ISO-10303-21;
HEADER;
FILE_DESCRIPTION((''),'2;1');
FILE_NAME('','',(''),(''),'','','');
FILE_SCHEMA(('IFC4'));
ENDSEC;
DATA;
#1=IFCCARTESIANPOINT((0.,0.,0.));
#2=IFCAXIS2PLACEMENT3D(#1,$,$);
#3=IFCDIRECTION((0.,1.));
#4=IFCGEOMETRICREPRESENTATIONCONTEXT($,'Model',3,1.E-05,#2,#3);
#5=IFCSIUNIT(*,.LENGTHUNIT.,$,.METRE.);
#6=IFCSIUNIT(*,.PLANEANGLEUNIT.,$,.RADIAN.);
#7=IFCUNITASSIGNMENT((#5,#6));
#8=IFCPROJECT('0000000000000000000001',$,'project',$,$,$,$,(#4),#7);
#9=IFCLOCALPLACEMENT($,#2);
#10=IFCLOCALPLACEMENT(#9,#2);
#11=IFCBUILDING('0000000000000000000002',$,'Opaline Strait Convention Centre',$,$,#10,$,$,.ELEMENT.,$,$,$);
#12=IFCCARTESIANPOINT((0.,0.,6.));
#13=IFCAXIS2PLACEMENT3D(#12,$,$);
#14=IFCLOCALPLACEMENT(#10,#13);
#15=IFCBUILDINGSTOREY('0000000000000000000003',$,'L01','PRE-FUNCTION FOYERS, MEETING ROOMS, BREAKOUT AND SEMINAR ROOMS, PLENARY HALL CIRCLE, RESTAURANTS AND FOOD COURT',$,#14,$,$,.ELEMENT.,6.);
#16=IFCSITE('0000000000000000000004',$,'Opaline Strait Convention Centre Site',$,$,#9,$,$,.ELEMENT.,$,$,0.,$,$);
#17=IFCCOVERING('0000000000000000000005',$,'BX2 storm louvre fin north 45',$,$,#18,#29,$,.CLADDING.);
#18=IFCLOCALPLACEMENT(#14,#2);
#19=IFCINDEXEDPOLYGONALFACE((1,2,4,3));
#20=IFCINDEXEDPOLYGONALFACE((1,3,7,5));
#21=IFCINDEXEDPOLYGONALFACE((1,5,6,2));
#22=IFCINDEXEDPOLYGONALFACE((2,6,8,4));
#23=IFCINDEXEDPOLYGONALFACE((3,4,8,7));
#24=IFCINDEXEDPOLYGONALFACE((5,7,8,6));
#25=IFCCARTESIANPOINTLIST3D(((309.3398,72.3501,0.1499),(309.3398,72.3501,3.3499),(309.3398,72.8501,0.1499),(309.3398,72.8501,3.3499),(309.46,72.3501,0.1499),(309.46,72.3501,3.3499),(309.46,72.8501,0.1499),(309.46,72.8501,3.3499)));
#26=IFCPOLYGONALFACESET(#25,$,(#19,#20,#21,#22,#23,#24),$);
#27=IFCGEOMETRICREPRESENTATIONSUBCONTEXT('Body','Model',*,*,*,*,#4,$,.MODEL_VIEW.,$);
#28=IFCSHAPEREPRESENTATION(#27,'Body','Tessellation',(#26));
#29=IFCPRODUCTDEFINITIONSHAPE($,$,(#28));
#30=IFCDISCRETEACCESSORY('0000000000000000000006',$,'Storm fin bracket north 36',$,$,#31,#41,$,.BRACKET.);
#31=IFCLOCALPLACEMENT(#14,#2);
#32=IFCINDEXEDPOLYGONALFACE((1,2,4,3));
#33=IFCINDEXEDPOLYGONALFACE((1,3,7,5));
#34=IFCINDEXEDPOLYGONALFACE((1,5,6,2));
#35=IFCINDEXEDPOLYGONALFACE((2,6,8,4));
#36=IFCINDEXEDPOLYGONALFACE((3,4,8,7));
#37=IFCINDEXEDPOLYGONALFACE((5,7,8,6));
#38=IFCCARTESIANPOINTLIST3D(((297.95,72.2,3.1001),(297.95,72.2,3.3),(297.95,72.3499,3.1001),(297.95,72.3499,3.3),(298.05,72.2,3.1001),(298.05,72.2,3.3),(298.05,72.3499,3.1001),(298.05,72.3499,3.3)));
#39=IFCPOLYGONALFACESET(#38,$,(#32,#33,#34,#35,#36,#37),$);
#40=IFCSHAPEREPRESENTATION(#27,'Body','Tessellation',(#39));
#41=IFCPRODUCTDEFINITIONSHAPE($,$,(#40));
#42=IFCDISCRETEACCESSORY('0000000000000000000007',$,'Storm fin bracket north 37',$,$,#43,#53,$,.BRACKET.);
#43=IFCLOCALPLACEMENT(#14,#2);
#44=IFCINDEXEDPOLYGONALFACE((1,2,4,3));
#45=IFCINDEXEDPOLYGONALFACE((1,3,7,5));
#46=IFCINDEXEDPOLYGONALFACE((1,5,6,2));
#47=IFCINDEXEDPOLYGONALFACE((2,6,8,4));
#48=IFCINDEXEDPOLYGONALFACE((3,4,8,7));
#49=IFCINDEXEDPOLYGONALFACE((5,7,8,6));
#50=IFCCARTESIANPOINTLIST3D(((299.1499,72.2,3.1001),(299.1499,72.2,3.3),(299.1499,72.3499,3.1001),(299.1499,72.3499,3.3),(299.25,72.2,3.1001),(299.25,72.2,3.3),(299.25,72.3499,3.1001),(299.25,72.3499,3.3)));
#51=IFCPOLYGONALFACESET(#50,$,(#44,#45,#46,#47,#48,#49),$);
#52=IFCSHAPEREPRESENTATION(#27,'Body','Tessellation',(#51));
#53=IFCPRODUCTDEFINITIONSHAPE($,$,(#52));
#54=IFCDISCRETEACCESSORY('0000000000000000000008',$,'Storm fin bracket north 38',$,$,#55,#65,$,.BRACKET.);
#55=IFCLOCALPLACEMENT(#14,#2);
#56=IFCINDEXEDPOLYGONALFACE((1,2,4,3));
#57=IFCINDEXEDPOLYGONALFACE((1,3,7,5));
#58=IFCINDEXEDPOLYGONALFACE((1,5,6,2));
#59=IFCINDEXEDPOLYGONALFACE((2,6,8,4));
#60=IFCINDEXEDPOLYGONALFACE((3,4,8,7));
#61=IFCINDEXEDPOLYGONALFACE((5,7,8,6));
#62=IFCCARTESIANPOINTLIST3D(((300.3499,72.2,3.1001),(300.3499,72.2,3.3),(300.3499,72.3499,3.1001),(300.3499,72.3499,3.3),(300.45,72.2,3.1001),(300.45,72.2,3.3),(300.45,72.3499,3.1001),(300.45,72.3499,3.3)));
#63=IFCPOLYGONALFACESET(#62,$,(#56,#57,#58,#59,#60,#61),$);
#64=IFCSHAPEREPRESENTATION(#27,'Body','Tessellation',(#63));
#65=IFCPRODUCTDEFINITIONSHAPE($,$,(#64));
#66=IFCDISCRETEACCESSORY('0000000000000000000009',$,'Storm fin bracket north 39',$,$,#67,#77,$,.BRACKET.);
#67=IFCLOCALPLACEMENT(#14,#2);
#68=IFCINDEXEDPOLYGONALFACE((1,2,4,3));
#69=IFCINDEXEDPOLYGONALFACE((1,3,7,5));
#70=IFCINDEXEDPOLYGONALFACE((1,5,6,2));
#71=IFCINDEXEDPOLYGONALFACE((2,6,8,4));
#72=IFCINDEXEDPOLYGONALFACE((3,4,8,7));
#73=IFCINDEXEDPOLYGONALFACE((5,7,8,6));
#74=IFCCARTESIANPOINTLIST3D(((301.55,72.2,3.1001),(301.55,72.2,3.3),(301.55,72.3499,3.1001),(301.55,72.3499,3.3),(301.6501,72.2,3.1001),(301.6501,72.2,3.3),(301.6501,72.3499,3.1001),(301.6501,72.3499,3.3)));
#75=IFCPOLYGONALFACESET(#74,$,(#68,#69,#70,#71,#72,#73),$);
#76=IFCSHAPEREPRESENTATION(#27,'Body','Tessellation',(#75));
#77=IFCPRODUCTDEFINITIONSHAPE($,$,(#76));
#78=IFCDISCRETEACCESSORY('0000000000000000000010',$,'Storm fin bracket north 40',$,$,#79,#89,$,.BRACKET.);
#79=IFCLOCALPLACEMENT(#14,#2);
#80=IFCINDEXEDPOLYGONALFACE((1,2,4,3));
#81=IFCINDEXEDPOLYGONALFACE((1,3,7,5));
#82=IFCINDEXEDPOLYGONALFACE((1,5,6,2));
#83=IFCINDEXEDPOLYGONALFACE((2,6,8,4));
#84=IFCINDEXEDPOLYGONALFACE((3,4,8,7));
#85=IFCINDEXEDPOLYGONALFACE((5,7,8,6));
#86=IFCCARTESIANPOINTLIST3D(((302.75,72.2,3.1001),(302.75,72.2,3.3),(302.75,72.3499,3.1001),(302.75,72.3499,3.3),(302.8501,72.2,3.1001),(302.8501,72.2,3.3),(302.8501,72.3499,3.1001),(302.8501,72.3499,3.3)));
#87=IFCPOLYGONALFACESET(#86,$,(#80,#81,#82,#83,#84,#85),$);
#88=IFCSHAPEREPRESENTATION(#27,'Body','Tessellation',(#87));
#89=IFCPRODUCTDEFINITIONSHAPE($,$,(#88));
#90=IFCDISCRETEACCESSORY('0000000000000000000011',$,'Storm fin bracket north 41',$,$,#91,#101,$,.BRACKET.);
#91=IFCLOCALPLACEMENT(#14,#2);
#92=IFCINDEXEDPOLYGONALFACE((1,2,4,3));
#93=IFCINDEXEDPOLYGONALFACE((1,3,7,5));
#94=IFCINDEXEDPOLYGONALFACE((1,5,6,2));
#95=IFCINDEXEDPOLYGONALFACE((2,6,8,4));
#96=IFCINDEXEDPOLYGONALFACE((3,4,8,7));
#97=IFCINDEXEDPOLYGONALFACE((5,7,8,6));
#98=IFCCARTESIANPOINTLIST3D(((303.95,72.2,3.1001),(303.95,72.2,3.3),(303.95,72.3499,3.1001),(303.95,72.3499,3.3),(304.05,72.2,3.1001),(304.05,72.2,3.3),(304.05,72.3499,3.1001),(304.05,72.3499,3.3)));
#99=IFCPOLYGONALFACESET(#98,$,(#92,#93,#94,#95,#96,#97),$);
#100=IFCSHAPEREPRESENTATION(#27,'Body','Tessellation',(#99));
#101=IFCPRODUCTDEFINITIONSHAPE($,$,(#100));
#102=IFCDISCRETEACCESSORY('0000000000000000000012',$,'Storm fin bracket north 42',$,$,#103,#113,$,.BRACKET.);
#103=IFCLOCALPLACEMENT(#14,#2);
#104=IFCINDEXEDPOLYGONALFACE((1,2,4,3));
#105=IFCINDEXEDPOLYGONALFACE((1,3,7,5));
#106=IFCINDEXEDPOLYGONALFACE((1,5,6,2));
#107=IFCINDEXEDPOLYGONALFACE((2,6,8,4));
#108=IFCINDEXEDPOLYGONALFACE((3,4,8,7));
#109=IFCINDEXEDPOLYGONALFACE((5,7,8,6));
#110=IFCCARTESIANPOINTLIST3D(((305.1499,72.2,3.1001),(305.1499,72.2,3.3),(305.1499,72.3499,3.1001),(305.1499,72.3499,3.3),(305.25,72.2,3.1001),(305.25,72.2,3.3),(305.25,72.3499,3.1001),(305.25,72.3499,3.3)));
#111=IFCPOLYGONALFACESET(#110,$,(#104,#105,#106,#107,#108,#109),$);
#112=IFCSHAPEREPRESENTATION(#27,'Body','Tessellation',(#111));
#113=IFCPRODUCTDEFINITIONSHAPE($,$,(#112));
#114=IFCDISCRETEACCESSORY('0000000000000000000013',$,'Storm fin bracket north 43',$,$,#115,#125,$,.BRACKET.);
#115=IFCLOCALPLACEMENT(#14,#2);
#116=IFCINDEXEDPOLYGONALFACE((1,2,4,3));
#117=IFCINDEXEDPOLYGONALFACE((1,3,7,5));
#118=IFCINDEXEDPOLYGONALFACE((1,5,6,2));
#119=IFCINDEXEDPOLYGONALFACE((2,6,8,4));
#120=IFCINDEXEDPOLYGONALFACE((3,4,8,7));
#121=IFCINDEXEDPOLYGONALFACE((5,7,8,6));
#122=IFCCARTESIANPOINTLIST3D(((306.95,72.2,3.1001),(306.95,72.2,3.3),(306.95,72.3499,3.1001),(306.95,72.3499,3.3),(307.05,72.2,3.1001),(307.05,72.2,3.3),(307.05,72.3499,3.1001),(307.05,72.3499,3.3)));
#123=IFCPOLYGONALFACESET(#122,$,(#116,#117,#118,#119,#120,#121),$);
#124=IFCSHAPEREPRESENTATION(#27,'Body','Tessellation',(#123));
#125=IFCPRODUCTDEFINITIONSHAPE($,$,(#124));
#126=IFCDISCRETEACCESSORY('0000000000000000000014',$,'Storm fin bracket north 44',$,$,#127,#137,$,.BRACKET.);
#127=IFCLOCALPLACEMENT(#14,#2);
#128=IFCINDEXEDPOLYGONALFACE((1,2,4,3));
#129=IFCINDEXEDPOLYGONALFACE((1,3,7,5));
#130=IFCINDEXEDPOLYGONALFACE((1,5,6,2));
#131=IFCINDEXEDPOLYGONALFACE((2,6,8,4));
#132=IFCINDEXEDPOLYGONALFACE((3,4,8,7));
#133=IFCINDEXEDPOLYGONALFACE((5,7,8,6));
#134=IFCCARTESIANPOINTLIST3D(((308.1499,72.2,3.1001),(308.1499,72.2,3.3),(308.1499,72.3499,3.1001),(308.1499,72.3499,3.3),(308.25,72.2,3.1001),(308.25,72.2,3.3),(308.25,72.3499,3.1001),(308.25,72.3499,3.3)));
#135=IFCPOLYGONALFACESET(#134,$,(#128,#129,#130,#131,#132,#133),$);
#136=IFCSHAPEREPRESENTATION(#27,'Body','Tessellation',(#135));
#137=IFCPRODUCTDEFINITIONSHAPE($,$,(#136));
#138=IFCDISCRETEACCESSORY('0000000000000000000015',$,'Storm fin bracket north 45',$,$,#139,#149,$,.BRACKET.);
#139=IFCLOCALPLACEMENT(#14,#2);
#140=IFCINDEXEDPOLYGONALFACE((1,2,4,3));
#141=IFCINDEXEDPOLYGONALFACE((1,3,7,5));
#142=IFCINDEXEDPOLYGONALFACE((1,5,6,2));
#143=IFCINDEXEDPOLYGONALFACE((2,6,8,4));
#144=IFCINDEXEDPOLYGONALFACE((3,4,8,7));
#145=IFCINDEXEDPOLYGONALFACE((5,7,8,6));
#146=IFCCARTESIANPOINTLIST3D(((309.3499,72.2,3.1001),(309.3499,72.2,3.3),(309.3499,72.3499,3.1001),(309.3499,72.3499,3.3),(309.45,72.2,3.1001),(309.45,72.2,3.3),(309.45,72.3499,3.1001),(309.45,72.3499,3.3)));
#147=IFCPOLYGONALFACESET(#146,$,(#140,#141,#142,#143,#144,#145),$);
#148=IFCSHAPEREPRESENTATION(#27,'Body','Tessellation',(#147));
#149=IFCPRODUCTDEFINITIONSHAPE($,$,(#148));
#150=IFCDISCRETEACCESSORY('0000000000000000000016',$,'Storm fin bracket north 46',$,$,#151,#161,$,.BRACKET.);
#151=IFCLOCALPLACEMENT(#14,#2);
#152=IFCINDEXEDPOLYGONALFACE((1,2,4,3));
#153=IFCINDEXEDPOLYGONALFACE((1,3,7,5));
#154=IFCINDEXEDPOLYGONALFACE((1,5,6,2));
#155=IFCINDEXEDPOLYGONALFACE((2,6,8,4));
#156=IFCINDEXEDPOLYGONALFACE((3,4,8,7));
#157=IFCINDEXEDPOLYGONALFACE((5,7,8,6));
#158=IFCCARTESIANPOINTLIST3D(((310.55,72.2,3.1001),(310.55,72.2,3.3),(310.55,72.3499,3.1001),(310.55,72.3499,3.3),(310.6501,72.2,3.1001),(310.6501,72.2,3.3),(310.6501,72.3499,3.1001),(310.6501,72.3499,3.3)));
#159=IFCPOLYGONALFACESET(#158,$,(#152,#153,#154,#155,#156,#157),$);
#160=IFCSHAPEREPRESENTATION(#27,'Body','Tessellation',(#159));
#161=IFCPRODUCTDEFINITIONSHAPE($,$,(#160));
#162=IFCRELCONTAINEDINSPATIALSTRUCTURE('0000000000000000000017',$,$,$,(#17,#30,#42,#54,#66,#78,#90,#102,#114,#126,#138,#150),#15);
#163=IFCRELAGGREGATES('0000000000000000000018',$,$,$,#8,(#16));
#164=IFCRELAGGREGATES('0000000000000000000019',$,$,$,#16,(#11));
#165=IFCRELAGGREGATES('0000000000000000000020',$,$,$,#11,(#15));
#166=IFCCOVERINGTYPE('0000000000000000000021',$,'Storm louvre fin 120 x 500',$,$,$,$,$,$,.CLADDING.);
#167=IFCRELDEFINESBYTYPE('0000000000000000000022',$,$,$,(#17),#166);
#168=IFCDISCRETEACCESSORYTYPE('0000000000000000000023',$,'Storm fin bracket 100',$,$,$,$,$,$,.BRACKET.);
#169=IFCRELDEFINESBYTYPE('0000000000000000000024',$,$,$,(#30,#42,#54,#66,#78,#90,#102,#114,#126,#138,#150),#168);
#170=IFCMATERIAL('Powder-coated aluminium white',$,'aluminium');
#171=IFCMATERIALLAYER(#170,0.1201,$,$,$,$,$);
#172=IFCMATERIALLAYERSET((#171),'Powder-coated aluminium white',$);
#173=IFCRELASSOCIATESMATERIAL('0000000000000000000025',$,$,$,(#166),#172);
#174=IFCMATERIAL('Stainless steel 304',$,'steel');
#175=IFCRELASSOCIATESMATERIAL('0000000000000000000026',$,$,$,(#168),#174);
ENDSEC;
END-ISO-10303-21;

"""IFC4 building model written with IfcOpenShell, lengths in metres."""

from ifc_helpers import new_model, si_unit, direction, frame, origin, origin_2d, place, context, subcontext, project, spatial, rectangle, extrude, material, layer, layer_set, type_object, element, save


model = new_model("IFC4")

# Units and contexts
model_context = context("Model", 3, precision=1e-05, world=origin(), true_north=direction((0.0, 1.0)))
body_context = subcontext(model_context, "Body", "Model", "MODEL_VIEW")
ifc_project = project(units=[si_unit("LENGTHUNIT", "METRE"), si_unit("PLANEANGLEUNIT", "RADIAN")], contexts=[model_context])

# Site, building, storey
site_placement = place(None, origin())
site = spatial("IfcSite", under=ifc_project, at=site_placement, Name="Opaline Strait Convention Centre Site", CompositionType="ELEMENT", RefElevation=0.0)
building_placement = place(site_placement, origin())
building = spatial("IfcBuilding", under=site, at=building_placement, Name="Opaline Strait Convention Centre", CompositionType="ELEMENT")
storey_placement = place(building_placement, frame((0.0, 0.0, 6.0)))
storey = spatial("IfcBuildingStorey", under=building, at=storey_placement, Name="L01", Description="PRE-FUNCTION FOYERS, MEETING ROOMS, BREAKOUT AND SEMINAR ROOMS, PLENARY HALL CIRCLE, RESTAURANTS AND FOOD COURT", CompositionType="ELEMENT", Elevation=6.0)

# Covering
ifc_material_1 = material(Name="Powder-coated aluminium white", Category="aluminium")
ifc_layer_1 = layer(ifc_material_1, 0.1201)
ifc_layer_set_1 = layer_set([ifc_layer_1], Name="Powder-coated aluminium white")
covering_type = type_object("IfcCoveringType", Name="Storm louvre fin 120 x 500", PredefinedType="CLADDING", material=ifc_layer_set_1)
for number, where, z_axis, x_axis, name in (
    (1, (309.3999, 72.6001, 0.1499), (0.0, 0.0, 1.0), (1.0, 0.0, 0.0), "BX2 storm louvre fin north 45"),
):
    element("IfcCovering", number, at=place(storey_placement, frame(where, z_axis=z_axis, x_axis=x_axis)), inside=storey, type_object=covering_type, Name=name, PredefinedType="CLADDING", context=body_context, shape_type="SweptSolid", body=[
        extrude(rectangle(XDim=0.1201, YDim=0.5, at=origin_2d()), origin(), (0.0, 0.0, 1.0), 3.2),
    ])

# Discrete accessories
ifc_material_2 = material(Name="Stainless steel 304", Category="steel")
discrete_accessory_type = type_object("IfcDiscreteAccessoryType", Name="Storm fin bracket 100", PredefinedType="BRACKET", material=ifc_material_2)
for number, where, z_axis, x_axis, name in (
    (2, (298.0, 72.2749, 3.1001), (0.0, 0.0, 1.0), (1.0, 0.0, 0.0), "Storm fin bracket north 36"),
    (3, (299.2, 72.2749, 3.1001), (0.0, 0.0, 1.0), (1.0, 0.0, 0.0), "Storm fin bracket north 37"),
    (4, (300.3999, 72.2749, 3.1001), (0.0, 0.0, 1.0), (1.0, 0.0, 0.0), "Storm fin bracket north 38"),
    (5, (301.6001, 72.2749, 3.1001), (0.0, 0.0, 1.0), (1.0, 0.0, 0.0), "Storm fin bracket north 39"),
    (6, (302.8, 72.2749, 3.1001), (0.0, 0.0, 1.0), (1.0, 0.0, 0.0), "Storm fin bracket north 40"),
    (7, (304.0, 72.2749, 3.1001), (0.0, 0.0, 1.0), (1.0, 0.0, 0.0), "Storm fin bracket north 41"),
    (8, (305.2, 72.2749, 3.1001), (0.0, 0.0, 1.0), (1.0, 0.0, 0.0), "Storm fin bracket north 42"),
    (9, (307.0, 72.2749, 3.1001), (0.0, 0.0, 1.0), (1.0, 0.0, 0.0), "Storm fin bracket north 43"),
    (10, (308.2, 72.2749, 3.1001), (0.0, 0.0, 1.0), (1.0, 0.0, 0.0), "Storm fin bracket north 44"),
    (11, (309.3999, 72.2749, 3.1001), (0.0, 0.0, 1.0), (1.0, 0.0, 0.0), "Storm fin bracket north 45"),
    (12, (310.6001, 72.2749, 3.1001), (0.0, 0.0, 1.0), (1.0, 0.0, 0.0), "Storm fin bracket north 46"),
):
    element("IfcDiscreteAccessory", number, at=place(storey_placement, frame(where, z_axis=z_axis, x_axis=x_axis)), inside=storey, type_object=discrete_accessory_type, Name=name, PredefinedType="BRACKET", context=body_context, shape_type="SweptSolid", body=[
        extrude(rectangle(XDim=0.1001, YDim=0.1499, at=origin_2d()), origin(), (0.0, 0.0, 1.0), 0.2),
    ])

save(model, "model.ifc")
